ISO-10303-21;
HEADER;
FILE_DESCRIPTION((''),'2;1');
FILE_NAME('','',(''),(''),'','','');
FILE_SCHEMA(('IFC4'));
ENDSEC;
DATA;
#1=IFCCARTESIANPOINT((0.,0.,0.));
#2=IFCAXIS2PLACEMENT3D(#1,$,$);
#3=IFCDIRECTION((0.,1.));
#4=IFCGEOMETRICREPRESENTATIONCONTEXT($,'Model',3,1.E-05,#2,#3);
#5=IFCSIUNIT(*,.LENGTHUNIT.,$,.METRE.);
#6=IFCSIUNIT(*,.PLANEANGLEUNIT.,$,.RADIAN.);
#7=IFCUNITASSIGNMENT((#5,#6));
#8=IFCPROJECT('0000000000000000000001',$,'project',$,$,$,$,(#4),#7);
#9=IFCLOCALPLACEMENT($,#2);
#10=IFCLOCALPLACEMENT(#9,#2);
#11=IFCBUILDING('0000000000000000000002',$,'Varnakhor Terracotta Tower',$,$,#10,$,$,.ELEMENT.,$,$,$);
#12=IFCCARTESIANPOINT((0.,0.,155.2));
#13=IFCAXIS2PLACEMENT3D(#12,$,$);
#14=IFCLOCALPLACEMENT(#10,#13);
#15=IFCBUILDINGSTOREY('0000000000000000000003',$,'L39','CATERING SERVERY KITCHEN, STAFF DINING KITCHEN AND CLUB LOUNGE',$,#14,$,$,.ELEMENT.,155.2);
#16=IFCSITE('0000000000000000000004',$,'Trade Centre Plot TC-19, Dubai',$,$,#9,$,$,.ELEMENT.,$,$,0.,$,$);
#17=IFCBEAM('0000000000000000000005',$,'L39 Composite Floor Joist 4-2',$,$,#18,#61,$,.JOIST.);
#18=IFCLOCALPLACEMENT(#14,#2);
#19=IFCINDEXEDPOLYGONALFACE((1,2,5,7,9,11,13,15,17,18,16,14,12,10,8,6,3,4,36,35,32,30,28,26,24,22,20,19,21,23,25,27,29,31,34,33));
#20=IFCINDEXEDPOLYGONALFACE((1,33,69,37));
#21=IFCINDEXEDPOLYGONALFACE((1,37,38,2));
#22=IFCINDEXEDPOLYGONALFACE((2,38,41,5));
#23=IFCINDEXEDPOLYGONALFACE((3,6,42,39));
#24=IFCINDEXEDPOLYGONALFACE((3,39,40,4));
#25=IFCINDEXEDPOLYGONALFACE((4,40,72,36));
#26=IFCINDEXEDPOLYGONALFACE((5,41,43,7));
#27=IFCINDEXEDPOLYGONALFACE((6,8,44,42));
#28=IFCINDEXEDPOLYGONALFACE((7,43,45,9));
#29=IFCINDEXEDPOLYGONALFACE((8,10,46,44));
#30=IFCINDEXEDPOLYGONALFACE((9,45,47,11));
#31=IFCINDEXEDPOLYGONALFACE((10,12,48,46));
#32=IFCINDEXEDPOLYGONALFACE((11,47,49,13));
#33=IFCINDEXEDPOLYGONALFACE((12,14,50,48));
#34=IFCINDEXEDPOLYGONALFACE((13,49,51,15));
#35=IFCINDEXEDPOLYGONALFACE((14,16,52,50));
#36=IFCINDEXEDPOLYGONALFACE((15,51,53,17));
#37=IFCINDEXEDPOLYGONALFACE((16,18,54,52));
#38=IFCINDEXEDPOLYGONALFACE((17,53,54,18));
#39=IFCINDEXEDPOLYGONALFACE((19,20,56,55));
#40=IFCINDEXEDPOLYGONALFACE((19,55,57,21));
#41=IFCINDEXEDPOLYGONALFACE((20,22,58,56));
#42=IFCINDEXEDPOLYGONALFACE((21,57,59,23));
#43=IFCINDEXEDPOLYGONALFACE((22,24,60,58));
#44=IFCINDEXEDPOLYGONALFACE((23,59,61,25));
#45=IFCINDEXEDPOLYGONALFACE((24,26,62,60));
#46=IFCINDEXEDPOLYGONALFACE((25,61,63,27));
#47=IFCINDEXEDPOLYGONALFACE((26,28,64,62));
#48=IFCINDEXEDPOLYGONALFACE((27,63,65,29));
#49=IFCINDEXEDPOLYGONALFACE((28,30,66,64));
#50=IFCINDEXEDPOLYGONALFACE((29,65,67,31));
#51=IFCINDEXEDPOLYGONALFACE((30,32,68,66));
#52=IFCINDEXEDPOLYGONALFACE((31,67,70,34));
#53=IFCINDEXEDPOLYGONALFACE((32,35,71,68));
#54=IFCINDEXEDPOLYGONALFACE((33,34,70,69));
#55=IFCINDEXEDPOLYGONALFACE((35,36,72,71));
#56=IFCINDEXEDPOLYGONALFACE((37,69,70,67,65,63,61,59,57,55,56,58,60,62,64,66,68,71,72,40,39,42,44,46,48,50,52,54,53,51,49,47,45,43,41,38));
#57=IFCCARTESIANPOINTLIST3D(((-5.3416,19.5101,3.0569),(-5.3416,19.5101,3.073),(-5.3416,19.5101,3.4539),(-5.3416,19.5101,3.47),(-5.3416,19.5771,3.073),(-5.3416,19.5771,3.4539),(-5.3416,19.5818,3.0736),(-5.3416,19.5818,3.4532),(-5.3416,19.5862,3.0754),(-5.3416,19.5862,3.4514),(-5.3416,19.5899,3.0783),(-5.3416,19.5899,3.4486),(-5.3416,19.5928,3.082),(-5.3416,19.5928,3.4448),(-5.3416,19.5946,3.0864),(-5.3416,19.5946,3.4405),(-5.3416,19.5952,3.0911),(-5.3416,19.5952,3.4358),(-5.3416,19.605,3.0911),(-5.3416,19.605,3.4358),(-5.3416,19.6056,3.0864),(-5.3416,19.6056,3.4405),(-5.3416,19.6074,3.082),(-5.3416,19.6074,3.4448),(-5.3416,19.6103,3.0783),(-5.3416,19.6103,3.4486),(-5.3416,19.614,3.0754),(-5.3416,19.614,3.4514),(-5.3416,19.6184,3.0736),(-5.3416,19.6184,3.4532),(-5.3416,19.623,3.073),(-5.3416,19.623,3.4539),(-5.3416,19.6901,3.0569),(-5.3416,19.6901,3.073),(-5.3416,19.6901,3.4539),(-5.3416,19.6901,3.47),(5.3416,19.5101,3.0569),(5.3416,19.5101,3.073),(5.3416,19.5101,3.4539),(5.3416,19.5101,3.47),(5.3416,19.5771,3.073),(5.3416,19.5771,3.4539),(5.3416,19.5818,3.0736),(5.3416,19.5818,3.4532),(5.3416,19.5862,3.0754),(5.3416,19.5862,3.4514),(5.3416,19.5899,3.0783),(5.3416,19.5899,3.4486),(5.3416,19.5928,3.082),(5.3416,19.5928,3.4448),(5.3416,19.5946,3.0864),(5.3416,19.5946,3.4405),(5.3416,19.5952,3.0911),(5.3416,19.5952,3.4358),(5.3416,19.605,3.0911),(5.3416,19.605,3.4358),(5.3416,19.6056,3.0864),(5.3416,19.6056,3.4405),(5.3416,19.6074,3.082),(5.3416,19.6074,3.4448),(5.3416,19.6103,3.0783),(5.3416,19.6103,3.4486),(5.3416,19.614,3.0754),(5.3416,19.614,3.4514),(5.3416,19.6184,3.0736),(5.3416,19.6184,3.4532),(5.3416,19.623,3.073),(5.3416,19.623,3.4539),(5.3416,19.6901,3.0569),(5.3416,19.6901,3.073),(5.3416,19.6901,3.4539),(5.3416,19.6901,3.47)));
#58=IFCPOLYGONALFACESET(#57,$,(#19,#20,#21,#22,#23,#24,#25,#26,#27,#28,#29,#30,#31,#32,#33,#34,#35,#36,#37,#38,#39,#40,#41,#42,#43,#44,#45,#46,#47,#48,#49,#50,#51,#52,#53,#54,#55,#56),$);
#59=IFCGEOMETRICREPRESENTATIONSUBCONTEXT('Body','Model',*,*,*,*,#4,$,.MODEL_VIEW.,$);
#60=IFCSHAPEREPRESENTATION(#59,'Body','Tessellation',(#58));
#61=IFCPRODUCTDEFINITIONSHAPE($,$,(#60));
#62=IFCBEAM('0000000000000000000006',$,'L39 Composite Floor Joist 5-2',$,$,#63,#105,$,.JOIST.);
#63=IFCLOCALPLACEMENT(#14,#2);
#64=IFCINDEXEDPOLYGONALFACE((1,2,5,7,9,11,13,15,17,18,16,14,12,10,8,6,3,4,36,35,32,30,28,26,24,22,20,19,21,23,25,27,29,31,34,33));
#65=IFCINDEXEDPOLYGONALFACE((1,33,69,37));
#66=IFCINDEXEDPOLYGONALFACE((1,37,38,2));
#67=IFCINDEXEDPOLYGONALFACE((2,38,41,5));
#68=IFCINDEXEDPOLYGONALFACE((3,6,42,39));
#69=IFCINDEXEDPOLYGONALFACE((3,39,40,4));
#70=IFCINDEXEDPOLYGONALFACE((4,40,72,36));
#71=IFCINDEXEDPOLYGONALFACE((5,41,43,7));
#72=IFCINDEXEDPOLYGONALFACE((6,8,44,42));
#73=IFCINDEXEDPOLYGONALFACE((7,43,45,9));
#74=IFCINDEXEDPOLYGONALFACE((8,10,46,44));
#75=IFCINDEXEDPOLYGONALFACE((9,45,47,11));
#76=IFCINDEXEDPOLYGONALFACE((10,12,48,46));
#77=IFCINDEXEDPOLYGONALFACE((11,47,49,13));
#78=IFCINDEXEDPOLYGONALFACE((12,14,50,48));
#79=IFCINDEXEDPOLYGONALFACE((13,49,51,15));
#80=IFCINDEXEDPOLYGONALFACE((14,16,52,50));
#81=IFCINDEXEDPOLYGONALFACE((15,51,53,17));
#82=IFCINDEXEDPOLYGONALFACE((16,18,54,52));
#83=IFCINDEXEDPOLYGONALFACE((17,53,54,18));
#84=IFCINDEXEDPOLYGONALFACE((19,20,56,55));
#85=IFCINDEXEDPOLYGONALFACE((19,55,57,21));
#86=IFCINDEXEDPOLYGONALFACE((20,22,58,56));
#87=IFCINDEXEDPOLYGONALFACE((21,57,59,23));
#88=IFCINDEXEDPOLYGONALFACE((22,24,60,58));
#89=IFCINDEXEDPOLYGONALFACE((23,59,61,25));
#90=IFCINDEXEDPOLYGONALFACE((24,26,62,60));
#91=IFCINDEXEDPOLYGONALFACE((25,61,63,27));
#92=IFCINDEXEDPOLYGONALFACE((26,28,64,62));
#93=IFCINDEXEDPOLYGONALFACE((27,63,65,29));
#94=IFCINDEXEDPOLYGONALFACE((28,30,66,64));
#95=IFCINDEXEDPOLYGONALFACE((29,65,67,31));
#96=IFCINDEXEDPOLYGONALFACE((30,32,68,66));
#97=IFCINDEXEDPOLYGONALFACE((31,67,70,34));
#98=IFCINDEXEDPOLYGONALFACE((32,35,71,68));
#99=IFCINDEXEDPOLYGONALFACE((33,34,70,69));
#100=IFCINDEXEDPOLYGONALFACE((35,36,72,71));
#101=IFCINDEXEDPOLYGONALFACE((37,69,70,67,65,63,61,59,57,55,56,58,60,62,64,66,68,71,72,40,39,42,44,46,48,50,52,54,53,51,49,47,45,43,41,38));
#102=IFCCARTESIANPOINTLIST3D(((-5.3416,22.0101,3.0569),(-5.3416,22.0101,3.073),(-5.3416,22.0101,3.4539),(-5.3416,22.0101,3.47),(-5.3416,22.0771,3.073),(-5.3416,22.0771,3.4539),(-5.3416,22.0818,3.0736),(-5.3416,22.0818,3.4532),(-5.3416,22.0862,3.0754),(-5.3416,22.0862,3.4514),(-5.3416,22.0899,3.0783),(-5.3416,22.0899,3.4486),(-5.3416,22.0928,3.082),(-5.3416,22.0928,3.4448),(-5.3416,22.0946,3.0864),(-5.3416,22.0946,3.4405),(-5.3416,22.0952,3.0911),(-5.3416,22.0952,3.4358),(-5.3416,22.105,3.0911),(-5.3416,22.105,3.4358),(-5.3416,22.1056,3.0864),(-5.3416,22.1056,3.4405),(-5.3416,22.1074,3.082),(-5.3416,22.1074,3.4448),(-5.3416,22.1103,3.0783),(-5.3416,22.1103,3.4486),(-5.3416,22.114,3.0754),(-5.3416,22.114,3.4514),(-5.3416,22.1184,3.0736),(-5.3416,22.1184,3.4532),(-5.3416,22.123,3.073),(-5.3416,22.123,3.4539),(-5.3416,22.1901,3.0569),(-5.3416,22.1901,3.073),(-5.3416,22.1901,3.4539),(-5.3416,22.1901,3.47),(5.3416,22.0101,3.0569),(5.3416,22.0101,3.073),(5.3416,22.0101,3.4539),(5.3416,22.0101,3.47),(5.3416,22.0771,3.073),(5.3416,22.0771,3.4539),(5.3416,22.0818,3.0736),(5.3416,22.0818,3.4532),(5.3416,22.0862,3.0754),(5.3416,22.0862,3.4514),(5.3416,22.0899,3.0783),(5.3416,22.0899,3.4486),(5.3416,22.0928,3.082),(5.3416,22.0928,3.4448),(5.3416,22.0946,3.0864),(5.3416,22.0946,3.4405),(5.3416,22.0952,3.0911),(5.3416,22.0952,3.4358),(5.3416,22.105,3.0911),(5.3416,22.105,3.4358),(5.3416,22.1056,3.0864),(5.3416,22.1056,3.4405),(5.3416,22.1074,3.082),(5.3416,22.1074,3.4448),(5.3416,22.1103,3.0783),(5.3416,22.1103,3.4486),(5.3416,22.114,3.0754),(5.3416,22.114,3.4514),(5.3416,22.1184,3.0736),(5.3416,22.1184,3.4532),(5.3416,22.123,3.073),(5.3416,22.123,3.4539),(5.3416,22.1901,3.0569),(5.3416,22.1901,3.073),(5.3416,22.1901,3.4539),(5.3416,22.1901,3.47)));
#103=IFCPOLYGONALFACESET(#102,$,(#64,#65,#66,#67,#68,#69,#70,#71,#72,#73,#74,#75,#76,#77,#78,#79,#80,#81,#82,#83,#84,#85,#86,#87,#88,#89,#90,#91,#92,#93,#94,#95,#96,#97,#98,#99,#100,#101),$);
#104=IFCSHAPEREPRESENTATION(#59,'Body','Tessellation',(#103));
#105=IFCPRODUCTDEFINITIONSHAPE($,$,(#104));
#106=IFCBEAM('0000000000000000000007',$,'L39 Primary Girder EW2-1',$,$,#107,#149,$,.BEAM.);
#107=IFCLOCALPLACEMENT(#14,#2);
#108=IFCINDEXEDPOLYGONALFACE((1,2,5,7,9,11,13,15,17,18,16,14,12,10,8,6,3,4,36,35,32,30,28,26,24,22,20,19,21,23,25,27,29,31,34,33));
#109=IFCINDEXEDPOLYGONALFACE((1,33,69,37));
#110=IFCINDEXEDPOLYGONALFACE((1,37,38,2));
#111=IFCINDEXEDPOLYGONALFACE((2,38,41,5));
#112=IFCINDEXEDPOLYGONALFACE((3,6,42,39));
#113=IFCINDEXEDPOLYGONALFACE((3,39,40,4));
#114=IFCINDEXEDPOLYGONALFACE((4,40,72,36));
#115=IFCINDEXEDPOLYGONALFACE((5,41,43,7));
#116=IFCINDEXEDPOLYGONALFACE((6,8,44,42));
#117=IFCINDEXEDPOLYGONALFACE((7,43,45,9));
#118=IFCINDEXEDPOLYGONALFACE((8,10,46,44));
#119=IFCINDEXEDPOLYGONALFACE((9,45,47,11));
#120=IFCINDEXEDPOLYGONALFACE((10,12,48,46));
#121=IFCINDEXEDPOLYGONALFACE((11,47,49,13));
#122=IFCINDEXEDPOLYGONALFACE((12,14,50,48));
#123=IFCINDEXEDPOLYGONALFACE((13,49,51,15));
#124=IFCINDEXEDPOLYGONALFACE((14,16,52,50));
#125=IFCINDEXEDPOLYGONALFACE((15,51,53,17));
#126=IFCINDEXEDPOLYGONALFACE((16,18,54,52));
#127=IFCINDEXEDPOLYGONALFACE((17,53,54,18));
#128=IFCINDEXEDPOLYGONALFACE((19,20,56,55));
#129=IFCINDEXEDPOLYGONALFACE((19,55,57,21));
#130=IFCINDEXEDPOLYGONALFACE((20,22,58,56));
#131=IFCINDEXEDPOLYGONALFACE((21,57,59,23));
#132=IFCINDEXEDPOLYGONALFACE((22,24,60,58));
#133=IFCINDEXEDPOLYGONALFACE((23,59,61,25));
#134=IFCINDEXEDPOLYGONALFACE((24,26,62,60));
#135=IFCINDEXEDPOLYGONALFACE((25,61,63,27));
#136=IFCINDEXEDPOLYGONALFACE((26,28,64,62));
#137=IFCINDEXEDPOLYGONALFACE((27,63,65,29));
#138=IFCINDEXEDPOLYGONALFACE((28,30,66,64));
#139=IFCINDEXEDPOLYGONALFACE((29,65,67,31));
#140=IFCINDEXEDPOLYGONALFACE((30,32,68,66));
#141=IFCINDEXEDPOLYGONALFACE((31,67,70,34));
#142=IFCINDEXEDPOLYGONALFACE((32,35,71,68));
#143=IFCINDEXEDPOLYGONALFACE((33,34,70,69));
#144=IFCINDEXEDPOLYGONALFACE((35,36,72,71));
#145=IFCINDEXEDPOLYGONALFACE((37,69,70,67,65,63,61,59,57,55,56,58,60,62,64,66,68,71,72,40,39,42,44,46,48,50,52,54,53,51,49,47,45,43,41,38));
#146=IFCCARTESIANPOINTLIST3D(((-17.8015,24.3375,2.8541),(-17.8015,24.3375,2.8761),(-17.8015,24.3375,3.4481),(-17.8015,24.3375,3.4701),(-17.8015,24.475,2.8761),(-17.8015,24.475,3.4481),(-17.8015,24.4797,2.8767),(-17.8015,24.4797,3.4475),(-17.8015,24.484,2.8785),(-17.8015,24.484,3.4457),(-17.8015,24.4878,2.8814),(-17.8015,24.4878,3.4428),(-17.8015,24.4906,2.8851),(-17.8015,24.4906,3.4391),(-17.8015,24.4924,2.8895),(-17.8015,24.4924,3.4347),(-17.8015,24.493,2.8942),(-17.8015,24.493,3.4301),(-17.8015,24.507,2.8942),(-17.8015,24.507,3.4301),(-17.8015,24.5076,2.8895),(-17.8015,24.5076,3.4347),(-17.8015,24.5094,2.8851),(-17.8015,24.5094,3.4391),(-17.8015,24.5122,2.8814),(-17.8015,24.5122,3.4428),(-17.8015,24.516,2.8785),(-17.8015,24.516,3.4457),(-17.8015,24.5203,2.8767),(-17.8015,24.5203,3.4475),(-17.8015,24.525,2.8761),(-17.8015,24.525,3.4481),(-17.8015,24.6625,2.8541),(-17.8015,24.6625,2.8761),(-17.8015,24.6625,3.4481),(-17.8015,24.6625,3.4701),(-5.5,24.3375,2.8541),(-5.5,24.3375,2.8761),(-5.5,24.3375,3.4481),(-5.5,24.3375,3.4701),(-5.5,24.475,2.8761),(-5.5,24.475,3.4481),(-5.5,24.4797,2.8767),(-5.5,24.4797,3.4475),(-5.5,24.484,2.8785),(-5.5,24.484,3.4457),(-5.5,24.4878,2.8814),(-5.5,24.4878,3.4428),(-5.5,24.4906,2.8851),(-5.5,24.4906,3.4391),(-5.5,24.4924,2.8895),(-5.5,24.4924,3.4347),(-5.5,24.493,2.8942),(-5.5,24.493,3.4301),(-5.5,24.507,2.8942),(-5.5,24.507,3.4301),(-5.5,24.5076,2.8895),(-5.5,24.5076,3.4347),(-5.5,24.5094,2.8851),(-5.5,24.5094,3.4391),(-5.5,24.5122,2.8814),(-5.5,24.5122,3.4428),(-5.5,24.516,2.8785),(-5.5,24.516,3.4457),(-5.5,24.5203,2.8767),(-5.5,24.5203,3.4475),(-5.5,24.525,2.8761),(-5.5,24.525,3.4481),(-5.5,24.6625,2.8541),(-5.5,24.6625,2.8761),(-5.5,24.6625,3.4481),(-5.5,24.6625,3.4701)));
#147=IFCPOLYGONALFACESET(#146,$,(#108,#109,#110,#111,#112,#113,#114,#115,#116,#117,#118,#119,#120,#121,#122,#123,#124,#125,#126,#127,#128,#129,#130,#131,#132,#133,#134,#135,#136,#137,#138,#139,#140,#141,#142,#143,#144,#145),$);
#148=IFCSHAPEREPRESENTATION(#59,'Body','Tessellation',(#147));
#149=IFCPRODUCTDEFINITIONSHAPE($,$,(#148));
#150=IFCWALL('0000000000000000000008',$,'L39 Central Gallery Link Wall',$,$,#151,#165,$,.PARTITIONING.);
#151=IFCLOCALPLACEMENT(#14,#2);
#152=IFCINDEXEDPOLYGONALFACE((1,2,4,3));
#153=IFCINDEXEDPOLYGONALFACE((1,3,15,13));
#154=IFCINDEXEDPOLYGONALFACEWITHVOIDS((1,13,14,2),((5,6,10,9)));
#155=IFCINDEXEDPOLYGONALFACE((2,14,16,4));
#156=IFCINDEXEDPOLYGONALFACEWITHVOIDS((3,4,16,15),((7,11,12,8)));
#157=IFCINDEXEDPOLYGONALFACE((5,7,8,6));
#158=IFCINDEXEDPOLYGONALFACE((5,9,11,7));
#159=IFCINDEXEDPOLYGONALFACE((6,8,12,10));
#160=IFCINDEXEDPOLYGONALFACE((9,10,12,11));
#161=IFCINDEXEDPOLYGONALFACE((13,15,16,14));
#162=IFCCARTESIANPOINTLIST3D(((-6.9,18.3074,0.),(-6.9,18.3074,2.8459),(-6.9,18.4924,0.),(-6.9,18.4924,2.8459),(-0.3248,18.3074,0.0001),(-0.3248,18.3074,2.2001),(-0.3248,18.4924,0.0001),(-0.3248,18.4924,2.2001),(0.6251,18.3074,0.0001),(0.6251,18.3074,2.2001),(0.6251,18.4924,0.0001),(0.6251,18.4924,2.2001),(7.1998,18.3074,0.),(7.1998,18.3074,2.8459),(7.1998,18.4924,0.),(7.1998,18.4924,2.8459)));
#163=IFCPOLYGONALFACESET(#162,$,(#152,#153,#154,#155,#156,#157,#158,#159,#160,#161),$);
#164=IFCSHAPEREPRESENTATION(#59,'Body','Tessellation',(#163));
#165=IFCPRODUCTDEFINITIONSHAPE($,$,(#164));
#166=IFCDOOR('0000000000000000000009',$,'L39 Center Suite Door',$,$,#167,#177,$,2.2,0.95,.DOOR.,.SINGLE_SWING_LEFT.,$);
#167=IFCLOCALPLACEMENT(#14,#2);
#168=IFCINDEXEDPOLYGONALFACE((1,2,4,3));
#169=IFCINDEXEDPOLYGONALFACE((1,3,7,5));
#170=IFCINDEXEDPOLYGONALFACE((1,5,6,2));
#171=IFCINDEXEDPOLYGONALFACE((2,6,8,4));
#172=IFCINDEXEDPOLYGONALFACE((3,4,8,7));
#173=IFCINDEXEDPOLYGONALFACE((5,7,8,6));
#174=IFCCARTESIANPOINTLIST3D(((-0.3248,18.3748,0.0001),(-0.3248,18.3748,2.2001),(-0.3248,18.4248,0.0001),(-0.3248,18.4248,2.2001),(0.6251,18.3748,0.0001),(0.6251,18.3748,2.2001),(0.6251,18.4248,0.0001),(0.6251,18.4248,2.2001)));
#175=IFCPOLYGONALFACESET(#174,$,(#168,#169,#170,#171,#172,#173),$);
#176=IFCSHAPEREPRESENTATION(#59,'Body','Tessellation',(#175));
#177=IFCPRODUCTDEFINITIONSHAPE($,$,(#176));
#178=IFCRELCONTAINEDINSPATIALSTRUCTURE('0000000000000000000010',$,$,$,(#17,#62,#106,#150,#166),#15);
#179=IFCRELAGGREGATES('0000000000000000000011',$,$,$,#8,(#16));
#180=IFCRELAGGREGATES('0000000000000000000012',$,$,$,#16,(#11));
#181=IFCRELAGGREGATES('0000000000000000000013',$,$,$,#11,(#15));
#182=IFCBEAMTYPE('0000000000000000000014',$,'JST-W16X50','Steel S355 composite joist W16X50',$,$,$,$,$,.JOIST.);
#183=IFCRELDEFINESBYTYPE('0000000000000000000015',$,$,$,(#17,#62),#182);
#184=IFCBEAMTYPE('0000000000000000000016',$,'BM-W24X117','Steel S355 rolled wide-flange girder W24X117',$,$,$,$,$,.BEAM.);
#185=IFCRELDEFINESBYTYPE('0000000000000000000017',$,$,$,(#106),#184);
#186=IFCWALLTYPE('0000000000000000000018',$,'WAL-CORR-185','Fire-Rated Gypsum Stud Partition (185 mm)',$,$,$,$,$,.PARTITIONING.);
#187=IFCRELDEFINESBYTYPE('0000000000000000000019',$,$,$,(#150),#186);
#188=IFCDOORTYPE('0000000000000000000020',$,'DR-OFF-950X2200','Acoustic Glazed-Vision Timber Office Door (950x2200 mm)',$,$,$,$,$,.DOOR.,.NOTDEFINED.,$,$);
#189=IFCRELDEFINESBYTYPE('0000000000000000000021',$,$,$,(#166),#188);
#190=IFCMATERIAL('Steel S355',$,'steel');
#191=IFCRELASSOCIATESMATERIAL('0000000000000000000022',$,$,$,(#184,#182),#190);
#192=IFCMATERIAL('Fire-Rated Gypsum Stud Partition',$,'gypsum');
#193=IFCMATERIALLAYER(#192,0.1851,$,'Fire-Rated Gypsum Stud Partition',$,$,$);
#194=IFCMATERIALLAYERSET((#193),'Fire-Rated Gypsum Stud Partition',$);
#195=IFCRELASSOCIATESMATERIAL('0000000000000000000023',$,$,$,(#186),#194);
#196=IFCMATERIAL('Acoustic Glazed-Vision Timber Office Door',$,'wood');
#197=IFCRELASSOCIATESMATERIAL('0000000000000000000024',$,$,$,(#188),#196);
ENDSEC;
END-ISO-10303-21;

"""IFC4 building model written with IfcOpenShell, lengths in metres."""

from ifc_helpers import new_model, si_unit, direction, frame, frame_2d, origin, origin_2d, place, context, subcontext, project, spatial, rectangle, i_section, extrude, source, transform, mapped, material, layer, layer_set, material_profile, profile_set, type_object, type_shapes, element, fill, save


model = new_model("IFC4")

# Units and contexts
model_context = context("Model", 3, precision=1e-05, world=origin(), true_north=direction((0.0, 1.0)))
body_context = subcontext(model_context, "Body", "Model", "MODEL_VIEW")
ifc_project = project(units=[si_unit("LENGTHUNIT", "METRE"), si_unit("PLANEANGLEUNIT", "RADIAN")], contexts=[model_context])

# Site, building, storey
site_placement = place(None, origin())
site = spatial("IfcSite", under=ifc_project, at=site_placement, Name="Trade Centre Plot TC-19, Dubai", CompositionType="ELEMENT", RefElevation=0.0)
building_placement = place(site_placement, origin())
building = spatial("IfcBuilding", under=site, at=building_placement, Name="Varnakhor Terracotta Tower", CompositionType="ELEMENT")
storey_placement = place(building_placement, frame((0.0, 0.0, 155.2)))
storey = spatial("IfcBuildingStorey", under=building, at=storey_placement, Name="L39", Description="CATERING SERVERY KITCHEN, STAFF DINING KITCHEN AND CLUB LOUNGE", CompositionType="ELEMENT", Elevation=155.2)

# Beams
ifc_material_1 = material(Name="Steel S355", Category="steel")
ifc_material_profile_1 = material_profile(ifc_material_1, i_section(OverallWidth=0.325, OverallDepth=0.616, WebThickness=0.0139, FlangeThickness=0.022, FilletRadius=0.0181, at=origin_2d()), Name="W24X117")
ifc_profile_set_1 = profile_set([ifc_material_profile_1], Name="Steel S355")
beam_type_1 = type_object("IfcBeamType", Name="BM-W24X117", Description="Steel S355 rolled wide-flange girder W24X117", PredefinedType="BEAM", material=ifc_profile_set_1)
ifc_material_profile_2 = material_profile(ifc_material_1, i_section(OverallWidth=0.1799, OverallDepth=0.4131, WebThickness=0.0098, FlangeThickness=0.0161, FilletRadius=0.0181, at=origin_2d()), Name="W16X50")
ifc_profile_set_2 = profile_set([ifc_material_profile_2], Name="Steel S355")
beam_type_2 = type_object("IfcBeamType", Name="JST-W16X50", Description="Steel S355 composite joist W16X50", PredefinedType="JOIST", material=ifc_profile_set_2)
shared_shape_1 = source(origin(), body_context, "Body", "SweptSolid", [
    extrude(i_section(OverallWidth=0.1799, OverallDepth=0.4131, WebThickness=0.0098, FlangeThickness=0.0161, FilletRadius=0.0181, at=origin_2d()), origin(), (0.0, 0.0, 1.0), 10.6831),
])
for number, where, z_axis, x_axis, name in (
    (1, (-5.3416, 19.6001, 3.2634), (1.0, 0.0, 0.0), (0.0, 1.0, 0.0), "L39 Composite Floor Joist 4-2"),
    (2, (-5.3416, 22.1001, 3.2634), (1.0, 0.0, 0.0), (0.0, 1.0, 0.0), "L39 Composite Floor Joist 5-2"),
):
    element("IfcBeam", number, at=place(storey_placement, frame(where, z_axis=z_axis, x_axis=x_axis)), inside=storey, type_object=beam_type_2, Name=name, PredefinedType="JOIST", context=body_context, shape_type="MappedRepresentation", body=[
        mapped(shared_shape_1, transform((0.0, 0.0, 0.0), scale=1.0)),
    ])
shared_shape_2 = source(origin(), body_context, "Body", "SweptSolid", [
    extrude(i_section(OverallWidth=0.325, OverallDepth=0.616, WebThickness=0.0139, FlangeThickness=0.022, FilletRadius=0.0181, at=origin_2d()), origin(), (0.0, 0.0, 1.0), 12.3015),
])
beam_1_placement = place(storey_placement, frame((-17.8015, 24.5, 3.1621), z_axis=(1.0, 0.0, 0.0), x_axis=(0.0, 1.0, 0.0)))
element("IfcBeam", 3, at=beam_1_placement, inside=storey, type_object=beam_type_1, Name="L39 Primary Girder EW2-1", PredefinedType="BEAM", context=body_context, shape_type="MappedRepresentation", body=[
    mapped(shared_shape_2, transform((0.0, 0.0, 0.0), scale=1.0)),
])

# Wall, opening, door
ifc_material_2 = material(Name="Fire-Rated Gypsum Stud Partition", Category="gypsum")
ifc_layer_1 = layer(ifc_material_2, 0.1851, Name="Fire-Rated Gypsum Stud Partition")
ifc_layer_set_1 = layer_set([ifc_layer_1], Name="Fire-Rated Gypsum Stud Partition")
wall_type_1 = type_object("IfcWallType", Name="WAL-CORR-185", Description="Fire-Rated Gypsum Stud Partition (185 mm)", PredefinedType="PARTITIONING", material=ifc_layer_set_1)
wall_1_placement = place(storey_placement, frame((-6.8999, 18.3999, 0.0), z_axis=(0.0, 0.0, 1.0), x_axis=(1.0, 0.0, 0.0)))
wall_1 = element("IfcWall", 4, at=wall_1_placement, inside=storey, type_object=wall_type_1, Name="L39 Central Gallery Link Wall", PredefinedType="PARTITIONING", context=body_context, shape_type="SweptSolid", body=[
    extrude(rectangle(XDim=14.0999, YDim=0.1851, at=frame_2d((7.0498, 0.0))), origin(), (0.0, 0.0, 1.0), 2.8459),
])
opening_1_placement = place(wall_1_placement, frame((6.575, 0.0, 0.0)))
opening_1 = element("IfcOpeningElement", 5, at=opening_1_placement, cuts=wall_1, PredefinedType="OPENING", context=body_context, shape_type="SweptSolid", body=[
    extrude(rectangle(XDim=0.95, YDim=2.2, at=frame_2d((0.4751, 1.1001))), frame((0.0, 0.1025, 0.0), z_axis=(0.0, -1.0, 0.0), x_axis=(1.0, 0.0, 0.0)), (0.0, 0.0, 1.0), 0.2051),
])
ifc_material_3 = material(Name="Acoustic Glazed-Vision Timber Office Door", Category="wood")
door_type_1 = type_object("IfcDoorType", Name="DR-OFF-950X2200", Description="Acoustic Glazed-Vision Timber Office Door (950x2200 mm)", OperationType="NOTDEFINED", PredefinedType="DOOR", material=ifc_material_3)
shared_shape_3 = source(origin(), body_context, "Body", "SweptSolid", [
    extrude(rectangle(XDim=0.95, YDim=2.2, at=frame_2d((0.4751, 1.1001))), frame((0.0, 0.0249, 0.0), z_axis=(0.0, -1.0, 0.0), x_axis=(1.0, 0.0, 0.0)), (0.0, 0.0, 1.0), 0.05),
])
type_shapes(door_type_1, [shared_shape_3])
door_1_placement = place(opening_1_placement, origin())
door_1 = element("IfcDoor", 6, at=door_1_placement, inside=storey, type_object=door_type_1, Name="L39 Center Suite Door", OperationType="SINGLE_SWING_LEFT", OverallHeight=2.2, OverallWidth=0.95, PredefinedType="DOOR", context=body_context, shape_type="MappedRepresentation", body=[
    mapped(shared_shape_3, transform((0.0, 0.0, 0.0), scale=1.0)),
])
fill(opening_1, door_1)

save(model, "model.ifc")
